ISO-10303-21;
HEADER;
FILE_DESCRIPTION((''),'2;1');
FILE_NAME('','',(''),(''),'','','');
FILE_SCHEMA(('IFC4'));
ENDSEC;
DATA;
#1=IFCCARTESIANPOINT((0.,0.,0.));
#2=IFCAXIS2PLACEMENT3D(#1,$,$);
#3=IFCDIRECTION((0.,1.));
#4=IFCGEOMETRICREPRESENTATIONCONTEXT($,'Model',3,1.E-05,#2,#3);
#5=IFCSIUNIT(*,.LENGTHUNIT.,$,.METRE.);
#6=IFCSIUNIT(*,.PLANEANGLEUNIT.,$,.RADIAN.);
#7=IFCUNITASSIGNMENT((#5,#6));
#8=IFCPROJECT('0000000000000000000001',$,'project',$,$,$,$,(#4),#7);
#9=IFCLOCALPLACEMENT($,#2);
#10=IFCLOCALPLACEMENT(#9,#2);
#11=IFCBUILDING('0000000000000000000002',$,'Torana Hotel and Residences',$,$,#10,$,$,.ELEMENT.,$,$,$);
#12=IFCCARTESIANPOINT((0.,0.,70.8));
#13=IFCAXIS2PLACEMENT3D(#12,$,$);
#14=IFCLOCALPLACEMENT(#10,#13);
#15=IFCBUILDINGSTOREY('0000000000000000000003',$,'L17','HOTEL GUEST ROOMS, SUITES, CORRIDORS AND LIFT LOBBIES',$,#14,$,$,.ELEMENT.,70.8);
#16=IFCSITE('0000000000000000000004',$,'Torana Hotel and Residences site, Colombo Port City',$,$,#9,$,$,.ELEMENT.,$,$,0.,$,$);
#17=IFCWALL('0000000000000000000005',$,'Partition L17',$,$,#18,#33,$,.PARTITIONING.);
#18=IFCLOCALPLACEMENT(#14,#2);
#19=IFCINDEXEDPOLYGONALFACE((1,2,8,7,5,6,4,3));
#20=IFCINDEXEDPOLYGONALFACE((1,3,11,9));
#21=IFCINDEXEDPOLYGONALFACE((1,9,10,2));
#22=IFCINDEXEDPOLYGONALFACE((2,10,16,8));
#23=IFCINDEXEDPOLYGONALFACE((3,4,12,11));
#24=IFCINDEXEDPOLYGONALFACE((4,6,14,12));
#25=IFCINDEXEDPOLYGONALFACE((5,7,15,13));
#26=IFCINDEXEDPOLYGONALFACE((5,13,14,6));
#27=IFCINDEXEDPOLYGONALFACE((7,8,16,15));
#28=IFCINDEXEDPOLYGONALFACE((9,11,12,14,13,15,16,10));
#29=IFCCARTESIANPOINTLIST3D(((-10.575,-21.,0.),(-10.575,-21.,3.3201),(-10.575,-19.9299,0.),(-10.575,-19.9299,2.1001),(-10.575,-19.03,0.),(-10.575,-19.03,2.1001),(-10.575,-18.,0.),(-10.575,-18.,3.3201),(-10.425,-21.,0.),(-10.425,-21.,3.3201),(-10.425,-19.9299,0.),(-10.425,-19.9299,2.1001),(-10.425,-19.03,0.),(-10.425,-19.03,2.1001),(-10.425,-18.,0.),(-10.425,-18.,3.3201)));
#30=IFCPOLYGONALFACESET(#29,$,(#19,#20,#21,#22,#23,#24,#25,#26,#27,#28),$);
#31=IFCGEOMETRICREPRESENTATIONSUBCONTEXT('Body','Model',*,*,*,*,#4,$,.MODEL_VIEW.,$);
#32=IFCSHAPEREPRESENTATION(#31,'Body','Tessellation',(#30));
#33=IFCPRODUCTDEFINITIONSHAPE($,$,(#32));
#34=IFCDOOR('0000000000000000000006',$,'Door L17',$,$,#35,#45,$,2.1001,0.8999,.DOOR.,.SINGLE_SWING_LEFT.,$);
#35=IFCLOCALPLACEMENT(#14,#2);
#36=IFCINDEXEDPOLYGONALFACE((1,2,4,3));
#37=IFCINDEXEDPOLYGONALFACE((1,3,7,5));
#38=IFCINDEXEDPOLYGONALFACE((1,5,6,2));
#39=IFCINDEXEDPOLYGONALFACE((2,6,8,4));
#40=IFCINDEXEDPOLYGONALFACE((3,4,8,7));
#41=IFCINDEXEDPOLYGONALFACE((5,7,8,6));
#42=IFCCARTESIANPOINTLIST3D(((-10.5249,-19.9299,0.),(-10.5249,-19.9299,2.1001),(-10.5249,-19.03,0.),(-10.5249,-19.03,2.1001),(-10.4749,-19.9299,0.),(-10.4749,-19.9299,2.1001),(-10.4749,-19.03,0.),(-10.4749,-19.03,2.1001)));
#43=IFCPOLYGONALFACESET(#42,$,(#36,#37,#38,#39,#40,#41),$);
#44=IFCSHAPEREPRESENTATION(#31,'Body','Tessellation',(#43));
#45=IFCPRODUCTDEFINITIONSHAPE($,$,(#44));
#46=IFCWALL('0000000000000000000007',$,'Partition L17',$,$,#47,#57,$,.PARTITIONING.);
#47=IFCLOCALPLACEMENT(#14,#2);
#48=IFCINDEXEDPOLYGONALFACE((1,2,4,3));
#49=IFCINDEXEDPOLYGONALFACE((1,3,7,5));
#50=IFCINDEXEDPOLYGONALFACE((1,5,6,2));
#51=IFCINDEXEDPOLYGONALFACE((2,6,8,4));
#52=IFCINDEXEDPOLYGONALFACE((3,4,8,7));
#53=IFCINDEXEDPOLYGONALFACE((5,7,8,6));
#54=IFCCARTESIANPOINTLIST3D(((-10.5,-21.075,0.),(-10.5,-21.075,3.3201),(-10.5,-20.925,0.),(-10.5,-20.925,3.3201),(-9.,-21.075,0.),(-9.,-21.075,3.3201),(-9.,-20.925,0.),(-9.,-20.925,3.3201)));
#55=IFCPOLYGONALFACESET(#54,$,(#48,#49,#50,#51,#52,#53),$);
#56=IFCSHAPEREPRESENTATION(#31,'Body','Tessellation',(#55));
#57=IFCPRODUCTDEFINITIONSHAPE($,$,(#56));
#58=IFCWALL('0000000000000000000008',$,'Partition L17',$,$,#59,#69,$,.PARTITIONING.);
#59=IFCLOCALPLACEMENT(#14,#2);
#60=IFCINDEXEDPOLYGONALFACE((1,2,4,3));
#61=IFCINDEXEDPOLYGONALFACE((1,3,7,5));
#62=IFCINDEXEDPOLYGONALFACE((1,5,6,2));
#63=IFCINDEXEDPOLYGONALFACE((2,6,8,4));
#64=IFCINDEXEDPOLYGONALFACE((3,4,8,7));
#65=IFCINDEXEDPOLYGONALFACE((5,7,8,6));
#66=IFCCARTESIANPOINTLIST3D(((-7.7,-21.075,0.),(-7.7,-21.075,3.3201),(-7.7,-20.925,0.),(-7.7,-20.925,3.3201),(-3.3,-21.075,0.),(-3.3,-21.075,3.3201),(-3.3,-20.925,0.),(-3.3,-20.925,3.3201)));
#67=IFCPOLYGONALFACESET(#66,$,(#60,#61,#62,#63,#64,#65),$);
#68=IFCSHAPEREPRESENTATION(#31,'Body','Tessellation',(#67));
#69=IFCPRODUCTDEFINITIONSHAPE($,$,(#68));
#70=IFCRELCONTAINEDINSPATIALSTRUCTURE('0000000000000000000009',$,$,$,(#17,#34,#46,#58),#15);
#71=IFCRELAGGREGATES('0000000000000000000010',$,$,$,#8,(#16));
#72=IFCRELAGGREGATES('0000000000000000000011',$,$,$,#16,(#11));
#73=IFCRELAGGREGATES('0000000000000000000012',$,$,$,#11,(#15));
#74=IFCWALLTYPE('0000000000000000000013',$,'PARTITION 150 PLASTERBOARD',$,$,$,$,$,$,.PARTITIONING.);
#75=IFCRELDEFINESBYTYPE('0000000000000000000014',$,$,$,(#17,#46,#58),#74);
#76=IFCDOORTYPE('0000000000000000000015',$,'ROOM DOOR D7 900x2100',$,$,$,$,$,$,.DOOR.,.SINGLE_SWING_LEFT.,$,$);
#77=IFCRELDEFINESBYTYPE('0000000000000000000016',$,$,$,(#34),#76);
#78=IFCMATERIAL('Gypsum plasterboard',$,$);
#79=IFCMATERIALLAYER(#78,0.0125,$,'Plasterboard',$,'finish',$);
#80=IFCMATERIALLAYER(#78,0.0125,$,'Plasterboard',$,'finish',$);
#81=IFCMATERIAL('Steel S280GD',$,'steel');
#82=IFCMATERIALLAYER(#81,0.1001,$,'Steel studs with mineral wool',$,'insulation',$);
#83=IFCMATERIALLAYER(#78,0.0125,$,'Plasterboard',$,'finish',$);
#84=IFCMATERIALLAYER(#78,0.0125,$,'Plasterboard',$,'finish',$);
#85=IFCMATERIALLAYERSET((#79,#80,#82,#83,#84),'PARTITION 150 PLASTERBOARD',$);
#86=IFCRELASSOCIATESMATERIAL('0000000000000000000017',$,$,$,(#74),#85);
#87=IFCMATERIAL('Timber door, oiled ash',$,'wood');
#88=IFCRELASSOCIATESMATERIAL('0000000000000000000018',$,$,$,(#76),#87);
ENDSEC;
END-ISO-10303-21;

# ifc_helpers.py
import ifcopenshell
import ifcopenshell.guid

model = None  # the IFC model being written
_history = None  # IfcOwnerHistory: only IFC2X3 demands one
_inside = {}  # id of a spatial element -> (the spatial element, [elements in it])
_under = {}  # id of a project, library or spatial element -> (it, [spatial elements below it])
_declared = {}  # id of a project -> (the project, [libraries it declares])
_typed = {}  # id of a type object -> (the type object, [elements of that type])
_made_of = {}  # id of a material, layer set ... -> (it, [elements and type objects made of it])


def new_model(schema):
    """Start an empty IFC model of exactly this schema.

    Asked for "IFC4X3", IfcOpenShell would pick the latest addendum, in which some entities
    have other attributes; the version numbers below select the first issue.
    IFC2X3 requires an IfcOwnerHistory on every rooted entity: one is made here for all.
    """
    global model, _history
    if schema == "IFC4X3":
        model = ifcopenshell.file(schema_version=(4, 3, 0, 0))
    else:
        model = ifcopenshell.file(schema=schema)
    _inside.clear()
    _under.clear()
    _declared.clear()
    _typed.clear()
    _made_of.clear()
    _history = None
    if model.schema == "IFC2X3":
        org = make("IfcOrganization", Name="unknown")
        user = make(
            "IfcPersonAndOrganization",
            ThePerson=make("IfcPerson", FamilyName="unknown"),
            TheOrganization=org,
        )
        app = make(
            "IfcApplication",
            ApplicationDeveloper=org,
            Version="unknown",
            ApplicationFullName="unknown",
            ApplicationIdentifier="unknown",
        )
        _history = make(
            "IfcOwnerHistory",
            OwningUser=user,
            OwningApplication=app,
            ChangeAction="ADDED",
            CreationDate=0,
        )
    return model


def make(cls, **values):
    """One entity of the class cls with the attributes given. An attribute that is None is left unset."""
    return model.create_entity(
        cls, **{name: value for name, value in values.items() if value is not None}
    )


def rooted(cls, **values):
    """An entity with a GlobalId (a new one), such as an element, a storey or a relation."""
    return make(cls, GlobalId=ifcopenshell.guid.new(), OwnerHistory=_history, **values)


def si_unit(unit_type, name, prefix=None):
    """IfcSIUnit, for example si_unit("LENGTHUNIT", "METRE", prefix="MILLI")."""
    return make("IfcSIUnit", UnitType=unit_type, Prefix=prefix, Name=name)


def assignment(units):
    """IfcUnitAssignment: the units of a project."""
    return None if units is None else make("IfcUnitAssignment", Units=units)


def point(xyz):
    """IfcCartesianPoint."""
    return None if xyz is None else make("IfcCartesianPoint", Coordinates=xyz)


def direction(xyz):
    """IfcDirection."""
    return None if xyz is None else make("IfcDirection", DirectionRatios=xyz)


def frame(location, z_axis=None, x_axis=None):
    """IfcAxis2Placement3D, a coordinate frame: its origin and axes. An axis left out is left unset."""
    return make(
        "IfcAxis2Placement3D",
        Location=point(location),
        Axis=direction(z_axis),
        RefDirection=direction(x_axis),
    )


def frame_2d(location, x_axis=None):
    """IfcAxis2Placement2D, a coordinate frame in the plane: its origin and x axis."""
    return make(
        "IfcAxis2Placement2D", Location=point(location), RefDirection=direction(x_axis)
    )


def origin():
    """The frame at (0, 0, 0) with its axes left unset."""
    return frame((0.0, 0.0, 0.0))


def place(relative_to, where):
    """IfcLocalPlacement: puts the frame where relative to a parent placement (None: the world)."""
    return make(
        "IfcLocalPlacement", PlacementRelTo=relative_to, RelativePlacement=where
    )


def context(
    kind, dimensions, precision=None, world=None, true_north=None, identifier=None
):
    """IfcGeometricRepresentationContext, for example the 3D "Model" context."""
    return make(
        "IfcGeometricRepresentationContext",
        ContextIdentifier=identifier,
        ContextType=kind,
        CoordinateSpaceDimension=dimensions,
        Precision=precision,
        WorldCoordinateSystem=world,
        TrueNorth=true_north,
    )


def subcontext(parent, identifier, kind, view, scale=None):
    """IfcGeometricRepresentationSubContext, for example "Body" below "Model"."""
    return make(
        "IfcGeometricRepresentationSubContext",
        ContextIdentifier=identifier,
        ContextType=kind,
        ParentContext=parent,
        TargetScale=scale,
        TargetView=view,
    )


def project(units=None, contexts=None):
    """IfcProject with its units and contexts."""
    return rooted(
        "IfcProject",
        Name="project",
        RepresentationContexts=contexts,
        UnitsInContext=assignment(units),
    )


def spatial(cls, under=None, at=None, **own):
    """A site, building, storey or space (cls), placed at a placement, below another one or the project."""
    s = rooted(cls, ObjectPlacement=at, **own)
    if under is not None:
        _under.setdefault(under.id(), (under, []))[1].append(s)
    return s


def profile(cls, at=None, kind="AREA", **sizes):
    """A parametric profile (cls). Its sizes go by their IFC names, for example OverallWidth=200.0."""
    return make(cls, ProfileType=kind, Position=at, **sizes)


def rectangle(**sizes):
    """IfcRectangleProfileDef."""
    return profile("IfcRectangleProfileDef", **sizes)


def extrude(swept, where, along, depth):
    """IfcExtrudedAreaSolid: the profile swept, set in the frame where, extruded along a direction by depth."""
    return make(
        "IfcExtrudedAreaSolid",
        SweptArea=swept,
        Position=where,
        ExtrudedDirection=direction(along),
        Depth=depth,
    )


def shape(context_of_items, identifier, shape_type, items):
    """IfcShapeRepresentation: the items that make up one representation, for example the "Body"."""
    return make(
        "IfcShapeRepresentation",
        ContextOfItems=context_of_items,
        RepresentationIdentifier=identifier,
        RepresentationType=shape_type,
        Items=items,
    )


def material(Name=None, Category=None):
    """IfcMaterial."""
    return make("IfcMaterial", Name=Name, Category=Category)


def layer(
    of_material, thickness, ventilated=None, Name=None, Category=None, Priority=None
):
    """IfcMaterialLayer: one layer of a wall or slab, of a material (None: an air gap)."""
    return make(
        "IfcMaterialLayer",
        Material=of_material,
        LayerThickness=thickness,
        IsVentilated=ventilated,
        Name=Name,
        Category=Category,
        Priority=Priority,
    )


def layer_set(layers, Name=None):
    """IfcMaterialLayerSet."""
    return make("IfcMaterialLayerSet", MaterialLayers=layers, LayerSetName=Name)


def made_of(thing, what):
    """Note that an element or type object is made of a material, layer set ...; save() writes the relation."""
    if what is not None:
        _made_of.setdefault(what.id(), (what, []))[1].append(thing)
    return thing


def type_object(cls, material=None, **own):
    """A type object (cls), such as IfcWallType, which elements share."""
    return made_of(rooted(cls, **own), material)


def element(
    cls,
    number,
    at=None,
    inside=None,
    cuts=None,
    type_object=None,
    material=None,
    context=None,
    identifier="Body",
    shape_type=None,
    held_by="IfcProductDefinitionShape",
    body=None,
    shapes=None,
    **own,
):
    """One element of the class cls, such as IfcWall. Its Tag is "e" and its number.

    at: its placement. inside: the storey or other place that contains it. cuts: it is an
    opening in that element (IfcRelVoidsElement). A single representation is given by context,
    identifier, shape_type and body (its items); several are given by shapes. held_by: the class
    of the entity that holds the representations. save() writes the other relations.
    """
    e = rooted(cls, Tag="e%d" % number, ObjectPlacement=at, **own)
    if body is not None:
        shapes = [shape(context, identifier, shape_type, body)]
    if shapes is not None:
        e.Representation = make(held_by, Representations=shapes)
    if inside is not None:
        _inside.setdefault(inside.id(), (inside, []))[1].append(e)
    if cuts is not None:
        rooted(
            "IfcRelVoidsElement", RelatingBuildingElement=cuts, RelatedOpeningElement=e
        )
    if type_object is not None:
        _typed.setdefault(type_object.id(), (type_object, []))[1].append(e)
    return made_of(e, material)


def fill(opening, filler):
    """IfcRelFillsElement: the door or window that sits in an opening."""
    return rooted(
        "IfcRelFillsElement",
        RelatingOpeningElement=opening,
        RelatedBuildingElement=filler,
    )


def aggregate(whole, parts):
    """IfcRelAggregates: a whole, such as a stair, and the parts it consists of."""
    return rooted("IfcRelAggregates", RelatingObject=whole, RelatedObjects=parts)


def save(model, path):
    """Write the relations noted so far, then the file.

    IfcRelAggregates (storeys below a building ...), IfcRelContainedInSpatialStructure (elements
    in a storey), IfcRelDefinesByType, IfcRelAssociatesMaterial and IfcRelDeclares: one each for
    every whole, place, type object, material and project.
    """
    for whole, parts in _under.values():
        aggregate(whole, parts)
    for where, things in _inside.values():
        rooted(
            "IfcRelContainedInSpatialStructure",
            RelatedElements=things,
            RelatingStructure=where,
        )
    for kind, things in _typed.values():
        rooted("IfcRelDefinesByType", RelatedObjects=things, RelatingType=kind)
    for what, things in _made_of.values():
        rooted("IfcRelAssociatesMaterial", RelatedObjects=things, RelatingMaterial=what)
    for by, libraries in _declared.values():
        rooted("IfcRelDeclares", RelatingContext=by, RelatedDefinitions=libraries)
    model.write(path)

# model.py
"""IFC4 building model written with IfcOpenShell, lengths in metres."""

from ifc_helpers import new_model, si_unit, direction, frame, frame_2d, origin, place, context, subcontext, project, spatial, rectangle, extrude, material, layer, layer_set, type_object, element, fill, save


model = new_model("IFC4")

# Units and contexts
model_context = context("Model", 3, precision=1e-05, world=origin(), true_north=direction((0.0, 1.0)))
body_context = subcontext(model_context, "Body", "Model", "MODEL_VIEW")
ifc_project = project(units=[si_unit("LENGTHUNIT", "METRE"), si_unit("PLANEANGLEUNIT", "RADIAN")], contexts=[model_context])

# Site, building, storey
site_placement = place(None, origin())
site = spatial("IfcSite", under=ifc_project, at=site_placement, Name="Torana Hotel and Residences site, Colombo Port City", CompositionType="ELEMENT", RefElevation=0.0)
building_placement = place(site_placement, origin())
building = spatial("IfcBuilding", under=site, at=building_placement, Name="Torana Hotel and Residences", CompositionType="ELEMENT")
storey_placement = place(building_placement, frame((0.0, 0.0, 70.8)))
storey = spatial("IfcBuildingStorey", under=building, at=storey_placement, Name="L17", Description="HOTEL GUEST ROOMS, SUITES, CORRIDORS AND LIFT LOBBIES", CompositionType="ELEMENT", Elevation=70.8)

# Wall, opening, door
ifc_material_1 = material(Name="Gypsum plasterboard")
ifc_layer_1 = layer(ifc_material_1, 0.0125, Name="Plasterboard", Category="finish")
ifc_layer_2 = layer(ifc_material_1, 0.0125, Name="Plasterboard", Category="finish")
ifc_material_2 = material(Name="Steel S280GD", Category="steel")
ifc_layer_3 = layer(ifc_material_2, 0.1001, Name="Steel studs with mineral wool", Category="insulation")
ifc_layer_4 = layer(ifc_material_1, 0.0125, Name="Plasterboard", Category="finish")
ifc_layer_5 = layer(ifc_material_1, 0.0125, Name="Plasterboard", Category="finish")
ifc_layer_set_1 = layer_set([ifc_layer_1, ifc_layer_2, ifc_layer_3, ifc_layer_4, ifc_layer_5], Name="PARTITION 150 PLASTERBOARD")
wall_type_1 = type_object("IfcWallType", Name="PARTITION 150 PLASTERBOARD", PredefinedType="PARTITIONING", material=ifc_layer_set_1)
wall_1_placement = place(storey_placement, frame((-10.5, -21.0, 0.0), z_axis=(0.0, 0.0, 1.0), x_axis=(0.0, 1.0, 0.0)))
wall_1 = element("IfcWall", 1, at=wall_1_placement, inside=storey, type_object=wall_type_1, Name="Partition L17", PredefinedType="PARTITIONING", context=body_context, shape_type="SweptSolid", body=[
    extrude(rectangle(XDim=3.0, YDim=0.1499, at=frame_2d((1.5, 0.0))), origin(), (0.0, 0.0, 1.0), 3.3201),
])
opening_1_placement = place(wall_1_placement, frame((1.0701, 0.0, 0.0)))
opening_1 = element("IfcOpeningElement", 2, at=opening_1_placement, cuts=wall_1, PredefinedType="OPENING", context=body_context, shape_type="SweptSolid", body=[
    extrude(rectangle(XDim=0.8999, YDim=2.1001, at=frame_2d((0.45, 1.05))), frame((0.0, 0.085, 0.0), z_axis=(0.0, -1.0, 0.0), x_axis=(1.0, 0.0, 0.0)), (0.0, 0.0, 1.0), 0.1699),
])
ifc_material_3 = material(Name="Timber door, oiled ash", Category="wood")
door_type_1 = type_object("IfcDoorType", Name="ROOM DOOR D7 900x2100", OperationType="SINGLE_SWING_LEFT", PredefinedType="DOOR", material=ifc_material_3)
door_1_placement = place(opening_1_placement, origin())
door_1 = element("IfcDoor", 3, at=door_1_placement, inside=storey, type_object=door_type_1, Name="Door L17", OperationType="SINGLE_SWING_LEFT", OverallHeight=2.1001, OverallWidth=0.8999, PredefinedType="DOOR", context=body_context, shape_type="SweptSolid", body=[
    extrude(rectangle(XDim=0.8999, YDim=2.1001, at=frame_2d((0.45, 1.05))), frame((0.0, 0.0249, 0.0), z_axis=(0.0, -1.0, 0.0), x_axis=(1.0, 0.0, 0.0)), (0.0, 0.0, 1.0), 0.05),
])
fill(opening_1, door_1)

# Walls
wall_2_placement = place(storey_placement, frame((-10.5, -21.0, 0.0), z_axis=(0.0, 0.0, 1.0), x_axis=(1.0, 0.0, 0.0)))
element("IfcWall", 4, at=wall_2_placement, inside=storey, type_object=wall_type_1, Name="Partition L17", PredefinedType="PARTITIONING", context=body_context, shape_type="SweptSolid", body=[
    extrude(rectangle(XDim=1.5, YDim=0.1499, at=frame_2d((0.75, 0.0))), origin(), (0.0, 0.0, 1.0), 3.3201),
])
wall_3_placement = place(storey_placement, frame((-7.7, -21.0, 0.0), z_axis=(0.0, 0.0, 1.0), x_axis=(1.0, 0.0, 0.0)))
element("IfcWall", 5, at=wall_3_placement, inside=storey, type_object=wall_type_1, Name="Partition L17", PredefinedType="PARTITIONING", context=body_context, shape_type="SweptSolid", body=[
    extrude(rectangle(XDim=4.3999, YDim=0.1499, at=frame_2d((2.2, 0.0))), origin(), (0.0, 0.0, 1.0), 3.3201),
])

save(model, "model.ifc")
